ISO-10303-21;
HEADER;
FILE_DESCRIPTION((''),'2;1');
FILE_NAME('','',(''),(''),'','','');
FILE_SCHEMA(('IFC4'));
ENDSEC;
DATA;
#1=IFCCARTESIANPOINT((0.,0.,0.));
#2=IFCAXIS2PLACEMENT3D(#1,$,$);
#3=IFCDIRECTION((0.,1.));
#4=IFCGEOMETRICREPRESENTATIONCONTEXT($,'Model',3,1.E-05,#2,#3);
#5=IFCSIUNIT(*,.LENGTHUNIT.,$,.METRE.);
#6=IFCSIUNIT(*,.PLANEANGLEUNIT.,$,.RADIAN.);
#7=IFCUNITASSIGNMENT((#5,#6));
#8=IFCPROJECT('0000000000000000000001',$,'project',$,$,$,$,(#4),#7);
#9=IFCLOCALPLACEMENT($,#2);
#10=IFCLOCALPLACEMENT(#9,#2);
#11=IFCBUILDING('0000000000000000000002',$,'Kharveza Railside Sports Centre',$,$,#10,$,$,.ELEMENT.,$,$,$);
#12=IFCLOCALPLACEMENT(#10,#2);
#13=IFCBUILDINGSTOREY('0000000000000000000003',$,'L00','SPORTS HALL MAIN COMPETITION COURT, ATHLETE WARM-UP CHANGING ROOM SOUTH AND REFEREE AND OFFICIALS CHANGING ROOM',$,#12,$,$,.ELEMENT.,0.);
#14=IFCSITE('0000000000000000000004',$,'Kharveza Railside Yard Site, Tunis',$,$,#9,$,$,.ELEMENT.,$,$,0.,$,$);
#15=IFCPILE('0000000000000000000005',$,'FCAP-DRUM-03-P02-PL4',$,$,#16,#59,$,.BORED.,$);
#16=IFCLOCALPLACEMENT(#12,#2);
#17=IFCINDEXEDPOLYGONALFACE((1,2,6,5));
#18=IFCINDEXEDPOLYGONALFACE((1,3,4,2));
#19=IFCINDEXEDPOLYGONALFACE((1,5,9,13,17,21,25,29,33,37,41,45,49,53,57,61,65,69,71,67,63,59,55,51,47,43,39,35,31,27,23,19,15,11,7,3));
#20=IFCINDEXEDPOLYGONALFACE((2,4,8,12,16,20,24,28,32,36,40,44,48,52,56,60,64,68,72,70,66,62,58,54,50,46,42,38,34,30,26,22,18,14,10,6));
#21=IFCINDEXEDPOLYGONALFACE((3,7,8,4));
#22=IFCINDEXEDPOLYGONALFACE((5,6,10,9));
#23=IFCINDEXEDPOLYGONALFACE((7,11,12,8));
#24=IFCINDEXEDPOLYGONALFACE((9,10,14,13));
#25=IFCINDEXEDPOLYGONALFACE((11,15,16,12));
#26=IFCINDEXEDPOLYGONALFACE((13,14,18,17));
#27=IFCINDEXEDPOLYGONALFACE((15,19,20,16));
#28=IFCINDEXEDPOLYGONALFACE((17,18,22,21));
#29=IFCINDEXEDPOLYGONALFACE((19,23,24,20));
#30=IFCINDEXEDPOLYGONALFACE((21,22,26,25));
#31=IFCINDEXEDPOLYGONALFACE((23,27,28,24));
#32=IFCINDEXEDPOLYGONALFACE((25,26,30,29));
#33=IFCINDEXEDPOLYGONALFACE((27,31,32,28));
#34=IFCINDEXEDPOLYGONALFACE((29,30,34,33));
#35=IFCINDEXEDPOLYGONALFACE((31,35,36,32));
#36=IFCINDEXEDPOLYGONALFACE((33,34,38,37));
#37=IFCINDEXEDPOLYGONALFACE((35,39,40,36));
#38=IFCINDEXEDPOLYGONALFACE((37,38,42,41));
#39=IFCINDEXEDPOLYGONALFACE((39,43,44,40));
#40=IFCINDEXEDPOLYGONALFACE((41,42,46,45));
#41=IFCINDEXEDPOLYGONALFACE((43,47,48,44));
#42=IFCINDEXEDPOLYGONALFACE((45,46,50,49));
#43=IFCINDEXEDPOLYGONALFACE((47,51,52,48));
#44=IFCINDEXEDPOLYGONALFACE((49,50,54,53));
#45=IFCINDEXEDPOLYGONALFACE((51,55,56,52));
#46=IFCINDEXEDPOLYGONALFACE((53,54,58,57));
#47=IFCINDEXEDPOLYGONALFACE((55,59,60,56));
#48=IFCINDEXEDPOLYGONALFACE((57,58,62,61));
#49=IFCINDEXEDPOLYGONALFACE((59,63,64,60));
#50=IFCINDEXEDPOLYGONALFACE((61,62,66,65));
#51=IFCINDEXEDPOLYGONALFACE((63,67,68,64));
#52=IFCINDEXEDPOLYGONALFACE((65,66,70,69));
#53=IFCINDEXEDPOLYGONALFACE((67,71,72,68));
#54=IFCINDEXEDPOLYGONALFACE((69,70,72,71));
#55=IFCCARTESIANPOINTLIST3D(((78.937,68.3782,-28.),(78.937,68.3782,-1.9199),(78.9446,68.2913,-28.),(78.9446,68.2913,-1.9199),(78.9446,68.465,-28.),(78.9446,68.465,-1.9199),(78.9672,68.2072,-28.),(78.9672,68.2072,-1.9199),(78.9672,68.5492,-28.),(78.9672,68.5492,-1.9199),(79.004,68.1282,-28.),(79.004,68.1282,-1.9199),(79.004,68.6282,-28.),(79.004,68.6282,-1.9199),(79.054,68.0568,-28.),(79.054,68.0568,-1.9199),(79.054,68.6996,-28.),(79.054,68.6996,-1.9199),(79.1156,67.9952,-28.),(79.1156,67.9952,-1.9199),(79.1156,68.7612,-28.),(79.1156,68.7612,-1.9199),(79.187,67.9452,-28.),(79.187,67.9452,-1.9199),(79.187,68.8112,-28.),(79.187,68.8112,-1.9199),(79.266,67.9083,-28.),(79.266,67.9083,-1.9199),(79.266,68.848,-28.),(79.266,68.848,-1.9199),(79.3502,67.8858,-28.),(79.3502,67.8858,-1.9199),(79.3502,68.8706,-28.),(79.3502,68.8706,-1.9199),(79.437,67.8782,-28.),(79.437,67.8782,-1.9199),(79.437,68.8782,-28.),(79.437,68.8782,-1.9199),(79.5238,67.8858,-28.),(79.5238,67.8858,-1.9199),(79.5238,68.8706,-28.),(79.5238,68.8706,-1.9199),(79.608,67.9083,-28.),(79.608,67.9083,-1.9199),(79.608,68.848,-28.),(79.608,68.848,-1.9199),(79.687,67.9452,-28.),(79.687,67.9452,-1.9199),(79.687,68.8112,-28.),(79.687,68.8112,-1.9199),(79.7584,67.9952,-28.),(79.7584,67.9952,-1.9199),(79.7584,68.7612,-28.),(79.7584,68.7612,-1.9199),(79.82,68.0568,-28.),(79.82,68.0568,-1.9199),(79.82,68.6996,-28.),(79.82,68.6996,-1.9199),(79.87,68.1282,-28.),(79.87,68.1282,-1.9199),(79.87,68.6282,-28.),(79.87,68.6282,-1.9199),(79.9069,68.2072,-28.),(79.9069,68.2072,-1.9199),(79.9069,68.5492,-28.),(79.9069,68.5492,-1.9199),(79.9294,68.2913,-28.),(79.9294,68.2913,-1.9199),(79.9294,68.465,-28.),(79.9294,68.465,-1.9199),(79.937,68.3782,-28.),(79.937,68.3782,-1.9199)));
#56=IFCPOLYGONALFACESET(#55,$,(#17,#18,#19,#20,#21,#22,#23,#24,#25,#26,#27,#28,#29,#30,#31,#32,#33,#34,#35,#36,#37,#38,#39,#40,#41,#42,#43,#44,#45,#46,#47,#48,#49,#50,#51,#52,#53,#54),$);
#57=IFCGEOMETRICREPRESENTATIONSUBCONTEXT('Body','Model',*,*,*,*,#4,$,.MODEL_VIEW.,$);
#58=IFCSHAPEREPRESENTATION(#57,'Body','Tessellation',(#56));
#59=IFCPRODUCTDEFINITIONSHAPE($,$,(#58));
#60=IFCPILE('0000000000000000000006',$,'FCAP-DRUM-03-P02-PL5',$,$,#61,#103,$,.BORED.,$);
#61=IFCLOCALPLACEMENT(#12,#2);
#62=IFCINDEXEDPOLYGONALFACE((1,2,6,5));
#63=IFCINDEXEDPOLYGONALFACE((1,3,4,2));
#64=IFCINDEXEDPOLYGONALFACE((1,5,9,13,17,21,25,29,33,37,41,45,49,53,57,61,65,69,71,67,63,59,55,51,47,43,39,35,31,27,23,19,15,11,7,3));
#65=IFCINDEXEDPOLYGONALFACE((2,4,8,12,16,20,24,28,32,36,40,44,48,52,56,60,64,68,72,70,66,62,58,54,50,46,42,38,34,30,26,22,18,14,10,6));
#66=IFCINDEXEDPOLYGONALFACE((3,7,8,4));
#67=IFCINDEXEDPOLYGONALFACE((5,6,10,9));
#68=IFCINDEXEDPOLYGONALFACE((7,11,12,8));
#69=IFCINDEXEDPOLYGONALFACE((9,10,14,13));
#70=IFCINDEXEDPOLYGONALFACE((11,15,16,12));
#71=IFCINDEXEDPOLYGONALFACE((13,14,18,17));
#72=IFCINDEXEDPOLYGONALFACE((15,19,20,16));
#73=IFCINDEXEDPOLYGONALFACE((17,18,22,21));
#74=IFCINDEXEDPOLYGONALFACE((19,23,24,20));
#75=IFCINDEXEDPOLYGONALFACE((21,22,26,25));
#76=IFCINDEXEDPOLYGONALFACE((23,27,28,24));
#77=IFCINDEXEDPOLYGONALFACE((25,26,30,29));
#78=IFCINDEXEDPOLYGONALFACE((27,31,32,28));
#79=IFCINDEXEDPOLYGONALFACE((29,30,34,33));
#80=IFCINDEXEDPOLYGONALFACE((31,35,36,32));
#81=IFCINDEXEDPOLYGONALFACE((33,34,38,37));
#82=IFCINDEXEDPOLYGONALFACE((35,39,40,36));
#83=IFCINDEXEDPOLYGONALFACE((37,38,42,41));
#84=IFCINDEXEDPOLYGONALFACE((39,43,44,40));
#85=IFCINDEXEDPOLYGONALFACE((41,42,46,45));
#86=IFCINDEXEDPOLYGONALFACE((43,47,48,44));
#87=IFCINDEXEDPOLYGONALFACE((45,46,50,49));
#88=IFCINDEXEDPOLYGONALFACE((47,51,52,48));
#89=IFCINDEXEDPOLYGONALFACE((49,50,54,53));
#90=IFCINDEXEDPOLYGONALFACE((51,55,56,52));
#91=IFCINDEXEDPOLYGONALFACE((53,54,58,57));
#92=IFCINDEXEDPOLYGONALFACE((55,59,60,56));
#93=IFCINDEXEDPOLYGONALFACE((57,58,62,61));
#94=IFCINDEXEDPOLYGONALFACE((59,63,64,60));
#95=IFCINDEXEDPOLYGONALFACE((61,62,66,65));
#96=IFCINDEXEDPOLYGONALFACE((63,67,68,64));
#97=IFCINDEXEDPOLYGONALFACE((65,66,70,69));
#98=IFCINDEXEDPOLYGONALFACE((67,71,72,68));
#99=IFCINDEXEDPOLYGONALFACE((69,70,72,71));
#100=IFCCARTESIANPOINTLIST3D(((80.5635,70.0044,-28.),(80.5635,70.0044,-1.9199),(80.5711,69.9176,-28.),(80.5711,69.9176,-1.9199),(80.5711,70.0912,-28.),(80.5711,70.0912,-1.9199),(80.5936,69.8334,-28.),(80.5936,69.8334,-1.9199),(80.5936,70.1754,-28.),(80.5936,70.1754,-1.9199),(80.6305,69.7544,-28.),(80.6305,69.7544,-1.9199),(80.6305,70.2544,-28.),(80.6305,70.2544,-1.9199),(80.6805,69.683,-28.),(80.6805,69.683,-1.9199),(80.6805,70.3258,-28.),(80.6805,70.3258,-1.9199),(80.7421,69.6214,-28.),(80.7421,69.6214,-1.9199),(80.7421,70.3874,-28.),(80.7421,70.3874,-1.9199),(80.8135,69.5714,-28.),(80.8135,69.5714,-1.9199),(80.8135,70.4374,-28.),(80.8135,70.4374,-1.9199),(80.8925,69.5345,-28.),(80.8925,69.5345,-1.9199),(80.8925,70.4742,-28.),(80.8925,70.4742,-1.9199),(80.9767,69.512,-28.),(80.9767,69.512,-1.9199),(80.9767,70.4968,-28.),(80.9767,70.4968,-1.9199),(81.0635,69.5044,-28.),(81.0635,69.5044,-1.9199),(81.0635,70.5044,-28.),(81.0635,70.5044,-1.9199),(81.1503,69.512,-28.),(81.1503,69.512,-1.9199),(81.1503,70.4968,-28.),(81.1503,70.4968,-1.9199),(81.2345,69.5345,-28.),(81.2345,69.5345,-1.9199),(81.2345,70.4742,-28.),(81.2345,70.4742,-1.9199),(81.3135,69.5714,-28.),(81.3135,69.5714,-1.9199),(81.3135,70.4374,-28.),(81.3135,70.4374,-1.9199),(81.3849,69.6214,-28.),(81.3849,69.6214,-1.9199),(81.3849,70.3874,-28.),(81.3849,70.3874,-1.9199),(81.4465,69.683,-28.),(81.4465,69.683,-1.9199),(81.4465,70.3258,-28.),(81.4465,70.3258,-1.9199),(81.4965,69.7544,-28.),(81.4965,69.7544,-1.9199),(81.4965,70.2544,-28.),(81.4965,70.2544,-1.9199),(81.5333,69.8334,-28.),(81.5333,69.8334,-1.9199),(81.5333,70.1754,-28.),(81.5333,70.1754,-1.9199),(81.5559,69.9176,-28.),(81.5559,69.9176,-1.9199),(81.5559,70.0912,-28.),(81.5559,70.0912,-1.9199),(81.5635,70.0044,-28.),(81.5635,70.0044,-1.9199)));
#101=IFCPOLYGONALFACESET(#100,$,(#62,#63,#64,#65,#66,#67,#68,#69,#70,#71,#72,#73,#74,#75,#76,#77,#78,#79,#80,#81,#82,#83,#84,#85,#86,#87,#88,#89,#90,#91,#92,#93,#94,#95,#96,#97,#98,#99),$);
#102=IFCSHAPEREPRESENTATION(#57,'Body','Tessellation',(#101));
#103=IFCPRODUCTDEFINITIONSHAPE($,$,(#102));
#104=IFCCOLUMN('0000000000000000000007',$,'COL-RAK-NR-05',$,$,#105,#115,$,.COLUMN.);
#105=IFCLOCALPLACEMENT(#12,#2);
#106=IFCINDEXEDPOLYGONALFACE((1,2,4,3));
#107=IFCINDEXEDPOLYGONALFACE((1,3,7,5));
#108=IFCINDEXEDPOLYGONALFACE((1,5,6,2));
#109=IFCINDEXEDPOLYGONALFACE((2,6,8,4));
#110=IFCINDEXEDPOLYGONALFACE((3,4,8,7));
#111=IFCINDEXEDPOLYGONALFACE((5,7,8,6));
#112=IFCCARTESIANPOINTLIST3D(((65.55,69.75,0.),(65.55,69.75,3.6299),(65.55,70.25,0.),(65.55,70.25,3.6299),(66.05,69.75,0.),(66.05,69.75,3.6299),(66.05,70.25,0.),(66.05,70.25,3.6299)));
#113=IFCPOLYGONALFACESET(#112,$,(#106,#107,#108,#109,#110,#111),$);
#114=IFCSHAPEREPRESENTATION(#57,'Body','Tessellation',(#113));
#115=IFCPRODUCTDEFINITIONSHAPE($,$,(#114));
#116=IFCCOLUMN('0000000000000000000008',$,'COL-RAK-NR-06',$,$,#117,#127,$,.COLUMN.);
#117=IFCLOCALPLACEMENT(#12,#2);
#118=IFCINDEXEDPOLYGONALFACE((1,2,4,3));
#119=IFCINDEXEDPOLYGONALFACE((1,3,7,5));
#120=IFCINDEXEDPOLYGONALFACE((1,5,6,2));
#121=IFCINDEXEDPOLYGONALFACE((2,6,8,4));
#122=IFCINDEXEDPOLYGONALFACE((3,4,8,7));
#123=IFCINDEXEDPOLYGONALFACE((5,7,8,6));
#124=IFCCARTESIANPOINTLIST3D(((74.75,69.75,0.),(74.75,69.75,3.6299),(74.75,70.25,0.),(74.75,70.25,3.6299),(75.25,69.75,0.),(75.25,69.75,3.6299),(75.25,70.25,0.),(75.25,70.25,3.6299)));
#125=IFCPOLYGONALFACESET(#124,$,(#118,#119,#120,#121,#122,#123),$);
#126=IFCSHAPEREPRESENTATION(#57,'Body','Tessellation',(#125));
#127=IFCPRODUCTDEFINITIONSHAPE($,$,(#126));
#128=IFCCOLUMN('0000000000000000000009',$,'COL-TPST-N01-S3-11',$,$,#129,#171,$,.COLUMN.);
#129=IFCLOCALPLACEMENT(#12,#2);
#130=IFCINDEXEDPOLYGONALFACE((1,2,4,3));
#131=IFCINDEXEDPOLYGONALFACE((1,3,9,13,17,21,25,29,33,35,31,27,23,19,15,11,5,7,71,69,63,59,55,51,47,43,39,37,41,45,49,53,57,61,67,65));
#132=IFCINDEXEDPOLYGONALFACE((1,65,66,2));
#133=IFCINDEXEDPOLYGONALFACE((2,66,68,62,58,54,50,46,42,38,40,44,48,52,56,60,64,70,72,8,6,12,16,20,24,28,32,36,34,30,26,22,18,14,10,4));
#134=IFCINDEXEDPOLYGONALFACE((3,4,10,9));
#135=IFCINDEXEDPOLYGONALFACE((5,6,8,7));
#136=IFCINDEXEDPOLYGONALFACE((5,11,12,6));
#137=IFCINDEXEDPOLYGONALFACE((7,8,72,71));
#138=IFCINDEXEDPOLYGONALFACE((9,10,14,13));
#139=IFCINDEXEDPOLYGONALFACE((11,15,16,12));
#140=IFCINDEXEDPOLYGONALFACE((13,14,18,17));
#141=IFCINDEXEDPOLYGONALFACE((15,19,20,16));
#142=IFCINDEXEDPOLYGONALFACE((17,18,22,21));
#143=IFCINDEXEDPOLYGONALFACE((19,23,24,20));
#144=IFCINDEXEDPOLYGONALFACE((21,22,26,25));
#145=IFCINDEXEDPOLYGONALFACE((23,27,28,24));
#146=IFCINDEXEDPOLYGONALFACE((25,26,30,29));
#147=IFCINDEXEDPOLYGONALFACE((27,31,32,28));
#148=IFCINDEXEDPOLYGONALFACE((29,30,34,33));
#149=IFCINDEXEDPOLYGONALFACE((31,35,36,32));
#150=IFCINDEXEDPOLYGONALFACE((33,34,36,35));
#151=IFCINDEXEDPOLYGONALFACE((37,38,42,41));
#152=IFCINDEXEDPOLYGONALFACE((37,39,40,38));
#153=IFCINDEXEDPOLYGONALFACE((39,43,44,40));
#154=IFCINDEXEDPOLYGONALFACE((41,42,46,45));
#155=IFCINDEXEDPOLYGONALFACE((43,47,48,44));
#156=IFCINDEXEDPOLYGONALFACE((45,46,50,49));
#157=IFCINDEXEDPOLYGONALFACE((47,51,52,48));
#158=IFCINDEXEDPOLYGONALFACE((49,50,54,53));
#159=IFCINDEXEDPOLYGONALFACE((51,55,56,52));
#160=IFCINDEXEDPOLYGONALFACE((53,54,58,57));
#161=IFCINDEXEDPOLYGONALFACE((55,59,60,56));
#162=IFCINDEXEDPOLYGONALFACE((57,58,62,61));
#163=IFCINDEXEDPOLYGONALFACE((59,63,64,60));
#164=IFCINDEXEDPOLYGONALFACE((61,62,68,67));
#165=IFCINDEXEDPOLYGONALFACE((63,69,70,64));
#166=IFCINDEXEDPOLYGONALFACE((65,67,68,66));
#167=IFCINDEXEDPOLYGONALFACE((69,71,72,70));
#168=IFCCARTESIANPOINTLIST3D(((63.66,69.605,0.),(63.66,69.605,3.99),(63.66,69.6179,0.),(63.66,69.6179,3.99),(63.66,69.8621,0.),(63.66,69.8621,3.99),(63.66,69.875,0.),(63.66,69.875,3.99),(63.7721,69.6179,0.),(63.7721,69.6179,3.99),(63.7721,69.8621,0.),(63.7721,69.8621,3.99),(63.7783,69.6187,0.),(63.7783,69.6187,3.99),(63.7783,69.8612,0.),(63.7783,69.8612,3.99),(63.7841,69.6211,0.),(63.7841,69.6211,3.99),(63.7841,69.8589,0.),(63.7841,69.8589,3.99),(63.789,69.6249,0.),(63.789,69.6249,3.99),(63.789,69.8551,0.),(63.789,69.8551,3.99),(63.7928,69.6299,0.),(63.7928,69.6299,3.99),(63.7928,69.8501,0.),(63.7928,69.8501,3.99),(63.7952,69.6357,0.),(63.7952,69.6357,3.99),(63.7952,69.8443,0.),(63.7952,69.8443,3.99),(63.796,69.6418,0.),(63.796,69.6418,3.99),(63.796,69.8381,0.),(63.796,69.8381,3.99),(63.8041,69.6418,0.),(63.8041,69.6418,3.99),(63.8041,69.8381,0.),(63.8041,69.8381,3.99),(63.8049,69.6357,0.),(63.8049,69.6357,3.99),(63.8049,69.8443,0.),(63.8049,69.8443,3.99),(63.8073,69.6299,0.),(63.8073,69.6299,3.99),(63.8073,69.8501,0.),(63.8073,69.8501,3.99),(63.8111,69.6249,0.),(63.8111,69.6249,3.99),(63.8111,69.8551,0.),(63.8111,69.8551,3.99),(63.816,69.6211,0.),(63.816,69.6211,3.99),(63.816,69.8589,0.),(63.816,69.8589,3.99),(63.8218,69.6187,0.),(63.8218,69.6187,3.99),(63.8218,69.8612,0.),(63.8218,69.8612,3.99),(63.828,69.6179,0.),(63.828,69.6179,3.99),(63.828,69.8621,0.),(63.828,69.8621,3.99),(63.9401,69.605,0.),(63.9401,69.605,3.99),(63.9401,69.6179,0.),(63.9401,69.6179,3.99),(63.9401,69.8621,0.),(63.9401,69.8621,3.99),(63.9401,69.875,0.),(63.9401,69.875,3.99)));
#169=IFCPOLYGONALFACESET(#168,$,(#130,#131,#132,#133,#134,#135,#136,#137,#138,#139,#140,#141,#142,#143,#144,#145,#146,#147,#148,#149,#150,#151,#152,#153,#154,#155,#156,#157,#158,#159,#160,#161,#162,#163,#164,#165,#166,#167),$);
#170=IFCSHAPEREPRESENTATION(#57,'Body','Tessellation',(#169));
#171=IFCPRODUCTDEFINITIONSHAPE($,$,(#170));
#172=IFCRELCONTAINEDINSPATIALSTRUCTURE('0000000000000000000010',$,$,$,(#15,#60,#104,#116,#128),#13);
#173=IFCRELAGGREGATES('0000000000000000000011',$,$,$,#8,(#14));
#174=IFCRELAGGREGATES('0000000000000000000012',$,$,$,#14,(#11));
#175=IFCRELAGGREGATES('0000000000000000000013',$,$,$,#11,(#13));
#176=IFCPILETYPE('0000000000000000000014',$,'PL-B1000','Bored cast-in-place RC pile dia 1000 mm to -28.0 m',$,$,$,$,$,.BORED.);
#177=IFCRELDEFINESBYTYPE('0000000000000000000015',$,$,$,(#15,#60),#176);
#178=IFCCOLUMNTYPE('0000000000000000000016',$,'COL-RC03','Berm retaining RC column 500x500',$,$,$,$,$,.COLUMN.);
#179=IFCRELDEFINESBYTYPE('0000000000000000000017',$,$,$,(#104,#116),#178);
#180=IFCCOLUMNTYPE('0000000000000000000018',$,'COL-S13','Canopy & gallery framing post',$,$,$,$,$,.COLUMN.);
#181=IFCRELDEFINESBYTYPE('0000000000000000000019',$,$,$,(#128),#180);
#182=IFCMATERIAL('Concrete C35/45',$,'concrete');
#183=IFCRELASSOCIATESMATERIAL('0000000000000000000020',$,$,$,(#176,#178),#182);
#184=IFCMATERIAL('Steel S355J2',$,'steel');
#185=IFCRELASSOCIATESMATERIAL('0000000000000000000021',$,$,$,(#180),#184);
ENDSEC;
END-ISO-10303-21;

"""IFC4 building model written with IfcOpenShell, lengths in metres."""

from ifc_helpers import new_model, si_unit, direction, frame, origin, origin_2d, place, context, subcontext, project, spatial, rectangle, circle, i_section, extrude, material, material_profile, profile_set, type_object, element, save


model = new_model("IFC4")

# Units and contexts
model_context = context("Model", 3, precision=1e-05, world=origin(), true_north=direction((0.0, 1.0)))
body_context = subcontext(model_context, "Body", "Model", "MODEL_VIEW")
ifc_project = project(units=[si_unit("LENGTHUNIT", "METRE"), si_unit("PLANEANGLEUNIT", "RADIAN")], contexts=[model_context])

# Site, building, storey
site_placement = place(None, origin())
site = spatial("IfcSite", under=ifc_project, at=site_placement, Name="Kharveza Railside Yard Site, Tunis", CompositionType="ELEMENT", RefElevation=0.0)
building_placement = place(site_placement, origin())
building = spatial("IfcBuilding", under=site, at=building_placement, Name="Kharveza Railside Sports Centre", CompositionType="ELEMENT")
storey_placement = place(building_placement, origin())
storey = spatial("IfcBuildingStorey", under=building, at=storey_placement, Name="L00", Description="SPORTS HALL MAIN COMPETITION COURT, ATHLETE WARM-UP CHANGING ROOM SOUTH AND REFEREE AND OFFICIALS CHANGING ROOM", CompositionType="ELEMENT", Elevation=0.0)

# Piles
ifc_material_1 = material(Name="Concrete C35/45", Category="concrete")
ifc_material_profile_1 = material_profile(ifc_material_1, circle(Radius=0.5, at=origin_2d()), Name="PILE D1000")
ifc_profile_set_1 = profile_set([ifc_material_profile_1], Name="Concrete C35/45")
pile_type = type_object("IfcPileType", Name="PL-B1000", Description="Bored cast-in-place RC pile dia 1000 mm to -28.0 m", PredefinedType="BORED", material=ifc_profile_set_1)
for number, where, z_axis, x_axis, name in (
    (1, (79.437, 68.3782, -1.9199), (0.0, 0.0, -1.0), (1.0, 0.0, 0.0), "FCAP-DRUM-03-P02-PL4"),
    (2, (81.0635, 70.0044, -1.9199), (0.0, 0.0, -1.0), (1.0, 0.0, 0.0), "FCAP-DRUM-03-P02-PL5"),
):
    element("IfcPile", number, at=place(storey_placement, frame(where, z_axis=z_axis, x_axis=x_axis)), inside=storey, type_object=pile_type, Name=name, PredefinedType="BORED", context=body_context, shape_type="SweptSolid", body=[
        extrude(circle(Radius=0.5, at=origin_2d()), origin(), (0.0, 0.0, 1.0), 26.0801),
    ])

# Columns
ifc_material_profile_2 = material_profile(ifc_material_1, rectangle(XDim=0.5, YDim=0.5, at=origin_2d()), Name="RC 500x500")
ifc_profile_set_2 = profile_set([ifc_material_profile_2], Name="Concrete C35/45")
column_type_1 = type_object("IfcColumnType", Name="COL-RC03", Description="Berm retaining RC column 500x500", PredefinedType="COLUMN", material=ifc_profile_set_2)
for number, where, z_axis, x_axis, name in (
    (3, (65.8, 70.0, 0.0), (0.0, 0.0, 1.0), (1.0, 0.0, 0.0), "COL-RAK-NR-05"),
    (4, (75.0, 70.0, 0.0), (0.0, 0.0, 1.0), (1.0, 0.0, 0.0), "COL-RAK-NR-06"),
):
    element("IfcColumn", number, at=place(storey_placement, frame(where, z_axis=z_axis, x_axis=x_axis)), inside=storey, type_object=column_type_1, Name=name, PredefinedType="COLUMN", context=body_context, shape_type="SweptSolid", body=[
        extrude(rectangle(XDim=0.5, YDim=0.5, at=origin_2d()), origin(), (0.0, 0.0, 1.0), 3.6299),
    ])
ifc_material_2 = material(Name="Steel S355J2", Category="steel")
ifc_material_profile_3 = material_profile(ifc_material_2, i_section(OverallWidth=0.28, OverallDepth=0.27, WebThickness=0.0081, FlangeThickness=0.0129, FilletRadius=0.0239, at=origin_2d()), Name="HEA 280")
ifc_profile_set_3 = profile_set([ifc_material_profile_3], Name="Steel S355J2")
column_type_2 = type_object("IfcColumnType", Name="COL-S13", Description="Canopy & gallery framing post", PredefinedType="COLUMN", material=ifc_profile_set_3)
for number, where, z_axis, x_axis, name in (
    (5, (63.8, 69.74, 0.0), (0.0, 0.0, 1.0), (1.0, 0.0, 0.0), "COL-TPST-N01-S3-11"),
):
    element("IfcColumn", number, at=place(storey_placement, frame(where, z_axis=z_axis, x_axis=x_axis)), inside=storey, type_object=column_type_2, Name=name, PredefinedType="COLUMN", context=body_context, shape_type="SweptSolid", body=[
        extrude(i_section(OverallWidth=0.28, OverallDepth=0.27, WebThickness=0.0081, FlangeThickness=0.0129, FilletRadius=0.0239, at=origin_2d()), origin(), (0.0, 0.0, 1.0), 3.99),
    ])

save(model, "model.ifc")
